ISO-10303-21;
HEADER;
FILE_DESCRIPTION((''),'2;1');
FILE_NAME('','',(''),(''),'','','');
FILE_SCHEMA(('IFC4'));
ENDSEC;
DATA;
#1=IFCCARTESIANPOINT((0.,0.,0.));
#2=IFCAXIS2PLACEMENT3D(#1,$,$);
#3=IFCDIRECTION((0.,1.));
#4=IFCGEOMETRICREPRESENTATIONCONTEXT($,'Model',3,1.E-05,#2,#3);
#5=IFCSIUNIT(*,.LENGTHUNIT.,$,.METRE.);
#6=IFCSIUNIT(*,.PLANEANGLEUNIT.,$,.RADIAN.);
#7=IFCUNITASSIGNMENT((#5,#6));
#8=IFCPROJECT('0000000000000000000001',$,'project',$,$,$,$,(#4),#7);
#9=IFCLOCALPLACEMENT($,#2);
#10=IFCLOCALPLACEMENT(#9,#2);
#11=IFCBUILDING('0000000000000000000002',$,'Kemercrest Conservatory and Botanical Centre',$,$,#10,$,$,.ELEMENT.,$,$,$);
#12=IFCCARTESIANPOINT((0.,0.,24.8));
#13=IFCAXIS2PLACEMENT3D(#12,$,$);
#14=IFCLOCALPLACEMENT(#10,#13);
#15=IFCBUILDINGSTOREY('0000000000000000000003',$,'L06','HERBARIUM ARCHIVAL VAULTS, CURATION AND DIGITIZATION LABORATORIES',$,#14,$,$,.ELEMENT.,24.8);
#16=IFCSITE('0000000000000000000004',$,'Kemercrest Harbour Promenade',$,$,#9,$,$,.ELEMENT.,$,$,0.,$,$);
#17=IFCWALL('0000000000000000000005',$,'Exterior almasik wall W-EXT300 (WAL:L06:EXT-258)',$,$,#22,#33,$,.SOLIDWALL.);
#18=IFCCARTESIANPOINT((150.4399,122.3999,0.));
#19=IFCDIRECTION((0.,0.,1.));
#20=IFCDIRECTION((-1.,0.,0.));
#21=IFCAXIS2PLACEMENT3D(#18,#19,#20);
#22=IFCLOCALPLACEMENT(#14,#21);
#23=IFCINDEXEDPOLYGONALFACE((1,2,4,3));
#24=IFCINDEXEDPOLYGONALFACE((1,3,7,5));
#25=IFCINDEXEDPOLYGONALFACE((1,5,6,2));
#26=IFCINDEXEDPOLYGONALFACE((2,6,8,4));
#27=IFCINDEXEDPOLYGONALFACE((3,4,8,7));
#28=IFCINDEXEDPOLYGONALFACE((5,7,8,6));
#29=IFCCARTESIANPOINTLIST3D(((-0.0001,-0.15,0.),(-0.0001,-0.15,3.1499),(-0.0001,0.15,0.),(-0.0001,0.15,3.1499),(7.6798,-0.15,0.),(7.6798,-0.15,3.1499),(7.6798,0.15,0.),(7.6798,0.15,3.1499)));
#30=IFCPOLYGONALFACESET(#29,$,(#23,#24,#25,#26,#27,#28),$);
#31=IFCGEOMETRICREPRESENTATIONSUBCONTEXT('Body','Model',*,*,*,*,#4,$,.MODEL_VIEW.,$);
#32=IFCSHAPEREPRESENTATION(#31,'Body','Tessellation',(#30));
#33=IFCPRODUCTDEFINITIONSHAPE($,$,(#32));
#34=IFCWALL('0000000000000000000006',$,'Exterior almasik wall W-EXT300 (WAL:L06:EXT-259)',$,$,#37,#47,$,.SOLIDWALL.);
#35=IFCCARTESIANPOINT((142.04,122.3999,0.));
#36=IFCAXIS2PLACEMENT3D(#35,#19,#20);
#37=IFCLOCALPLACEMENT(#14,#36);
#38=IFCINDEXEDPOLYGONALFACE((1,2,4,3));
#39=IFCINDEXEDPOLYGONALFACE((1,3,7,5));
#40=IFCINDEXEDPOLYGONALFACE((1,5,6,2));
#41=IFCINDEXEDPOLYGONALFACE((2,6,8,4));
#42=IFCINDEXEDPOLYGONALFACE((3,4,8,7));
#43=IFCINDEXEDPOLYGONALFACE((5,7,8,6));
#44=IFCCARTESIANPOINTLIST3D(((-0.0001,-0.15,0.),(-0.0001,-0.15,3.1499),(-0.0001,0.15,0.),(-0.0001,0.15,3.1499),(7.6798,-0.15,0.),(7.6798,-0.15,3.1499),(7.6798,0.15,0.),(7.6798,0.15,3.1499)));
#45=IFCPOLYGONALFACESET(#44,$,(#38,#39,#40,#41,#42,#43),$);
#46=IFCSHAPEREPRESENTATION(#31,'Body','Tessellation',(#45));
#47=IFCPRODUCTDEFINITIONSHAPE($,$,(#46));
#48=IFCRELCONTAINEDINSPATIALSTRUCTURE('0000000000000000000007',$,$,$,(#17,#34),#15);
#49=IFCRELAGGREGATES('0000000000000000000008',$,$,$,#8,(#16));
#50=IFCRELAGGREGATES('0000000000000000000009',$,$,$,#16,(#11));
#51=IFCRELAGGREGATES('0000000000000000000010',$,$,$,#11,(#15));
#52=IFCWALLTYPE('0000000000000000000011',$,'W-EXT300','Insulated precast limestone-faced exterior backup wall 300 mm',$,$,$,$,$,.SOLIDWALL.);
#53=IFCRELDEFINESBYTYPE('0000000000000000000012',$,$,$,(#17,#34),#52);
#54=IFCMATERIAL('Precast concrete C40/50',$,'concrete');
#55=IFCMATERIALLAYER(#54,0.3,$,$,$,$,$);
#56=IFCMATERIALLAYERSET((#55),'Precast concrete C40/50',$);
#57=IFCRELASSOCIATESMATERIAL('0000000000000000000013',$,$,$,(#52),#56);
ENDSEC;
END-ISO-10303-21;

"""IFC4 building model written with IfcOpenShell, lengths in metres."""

from ifc_helpers import new_model, si_unit, direction, frame, frame_2d, origin, place, context, subcontext, project, spatial, rectangle, extrude, material, layer, layer_set, type_object, element, save


model = new_model("IFC4")

# Units and contexts
model_context = context("Model", 3, precision=1e-05, world=origin(), true_north=direction((0.0, 1.0)))
body_context = subcontext(model_context, "Body", "Model", "MODEL_VIEW")
ifc_project = project(units=[si_unit("LENGTHUNIT", "METRE"), si_unit("PLANEANGLEUNIT", "RADIAN")], contexts=[model_context])

# Site, building, storey
site_placement = place(None, origin())
site = spatial("IfcSite", under=ifc_project, at=site_placement, Name="Kemercrest Harbour Promenade", CompositionType="ELEMENT", RefElevation=0.0)
building_placement = place(site_placement, origin())
building = spatial("IfcBuilding", under=site, at=building_placement, Name="Kemercrest Conservatory and Botanical Centre", CompositionType="ELEMENT")
storey_placement = place(building_placement, frame((0.0, 0.0, 24.8)))
storey = spatial("IfcBuildingStorey", under=building, at=storey_placement, Name="L06", Description="HERBARIUM ARCHIVAL VAULTS, CURATION AND DIGITIZATION LABORATORIES", CompositionType="ELEMENT", Elevation=24.8)

# Walls
ifc_material_1 = material(Name="Precast concrete C40/50", Category="concrete")
ifc_layer_1 = layer(ifc_material_1, 0.3)
ifc_layer_set_1 = layer_set([ifc_layer_1], Name="Precast concrete C40/50")
wall_type_1 = type_object("IfcWallType", Name="W-EXT300", Description="Insulated precast limestone-faced exterior backup wall 300 mm", PredefinedType="SOLIDWALL", material=ifc_layer_set_1)
for number, where, z_axis, x_axis, name in (
    (1, (150.4399, 122.3999, 0.0), (0.0, 0.0, 1.0), (-1.0, 0.0, 0.0), "Exterior almasik wall W-EXT300 (WAL:L06:EXT-258)"),
    (2, (142.04, 122.3999, 0.0), (0.0, 0.0, 1.0), (-1.0, 0.0, 0.0), "Exterior almasik wall W-EXT300 (WAL:L06:EXT-259)"),
):
    element("IfcWall", number, at=place(storey_placement, frame(where, z_axis=z_axis, x_axis=x_axis)), inside=storey, type_object=wall_type_1, Name=name, PredefinedType="SOLIDWALL", context=body_context, shape_type="SweptSolid", body=[
        extrude(rectangle(XDim=7.6799, YDim=0.3, at=frame_2d((3.8398, 0.0))), origin(), (0.0, 0.0, 1.0), 3.1499),
    ])

save(model, "model.ifc")
